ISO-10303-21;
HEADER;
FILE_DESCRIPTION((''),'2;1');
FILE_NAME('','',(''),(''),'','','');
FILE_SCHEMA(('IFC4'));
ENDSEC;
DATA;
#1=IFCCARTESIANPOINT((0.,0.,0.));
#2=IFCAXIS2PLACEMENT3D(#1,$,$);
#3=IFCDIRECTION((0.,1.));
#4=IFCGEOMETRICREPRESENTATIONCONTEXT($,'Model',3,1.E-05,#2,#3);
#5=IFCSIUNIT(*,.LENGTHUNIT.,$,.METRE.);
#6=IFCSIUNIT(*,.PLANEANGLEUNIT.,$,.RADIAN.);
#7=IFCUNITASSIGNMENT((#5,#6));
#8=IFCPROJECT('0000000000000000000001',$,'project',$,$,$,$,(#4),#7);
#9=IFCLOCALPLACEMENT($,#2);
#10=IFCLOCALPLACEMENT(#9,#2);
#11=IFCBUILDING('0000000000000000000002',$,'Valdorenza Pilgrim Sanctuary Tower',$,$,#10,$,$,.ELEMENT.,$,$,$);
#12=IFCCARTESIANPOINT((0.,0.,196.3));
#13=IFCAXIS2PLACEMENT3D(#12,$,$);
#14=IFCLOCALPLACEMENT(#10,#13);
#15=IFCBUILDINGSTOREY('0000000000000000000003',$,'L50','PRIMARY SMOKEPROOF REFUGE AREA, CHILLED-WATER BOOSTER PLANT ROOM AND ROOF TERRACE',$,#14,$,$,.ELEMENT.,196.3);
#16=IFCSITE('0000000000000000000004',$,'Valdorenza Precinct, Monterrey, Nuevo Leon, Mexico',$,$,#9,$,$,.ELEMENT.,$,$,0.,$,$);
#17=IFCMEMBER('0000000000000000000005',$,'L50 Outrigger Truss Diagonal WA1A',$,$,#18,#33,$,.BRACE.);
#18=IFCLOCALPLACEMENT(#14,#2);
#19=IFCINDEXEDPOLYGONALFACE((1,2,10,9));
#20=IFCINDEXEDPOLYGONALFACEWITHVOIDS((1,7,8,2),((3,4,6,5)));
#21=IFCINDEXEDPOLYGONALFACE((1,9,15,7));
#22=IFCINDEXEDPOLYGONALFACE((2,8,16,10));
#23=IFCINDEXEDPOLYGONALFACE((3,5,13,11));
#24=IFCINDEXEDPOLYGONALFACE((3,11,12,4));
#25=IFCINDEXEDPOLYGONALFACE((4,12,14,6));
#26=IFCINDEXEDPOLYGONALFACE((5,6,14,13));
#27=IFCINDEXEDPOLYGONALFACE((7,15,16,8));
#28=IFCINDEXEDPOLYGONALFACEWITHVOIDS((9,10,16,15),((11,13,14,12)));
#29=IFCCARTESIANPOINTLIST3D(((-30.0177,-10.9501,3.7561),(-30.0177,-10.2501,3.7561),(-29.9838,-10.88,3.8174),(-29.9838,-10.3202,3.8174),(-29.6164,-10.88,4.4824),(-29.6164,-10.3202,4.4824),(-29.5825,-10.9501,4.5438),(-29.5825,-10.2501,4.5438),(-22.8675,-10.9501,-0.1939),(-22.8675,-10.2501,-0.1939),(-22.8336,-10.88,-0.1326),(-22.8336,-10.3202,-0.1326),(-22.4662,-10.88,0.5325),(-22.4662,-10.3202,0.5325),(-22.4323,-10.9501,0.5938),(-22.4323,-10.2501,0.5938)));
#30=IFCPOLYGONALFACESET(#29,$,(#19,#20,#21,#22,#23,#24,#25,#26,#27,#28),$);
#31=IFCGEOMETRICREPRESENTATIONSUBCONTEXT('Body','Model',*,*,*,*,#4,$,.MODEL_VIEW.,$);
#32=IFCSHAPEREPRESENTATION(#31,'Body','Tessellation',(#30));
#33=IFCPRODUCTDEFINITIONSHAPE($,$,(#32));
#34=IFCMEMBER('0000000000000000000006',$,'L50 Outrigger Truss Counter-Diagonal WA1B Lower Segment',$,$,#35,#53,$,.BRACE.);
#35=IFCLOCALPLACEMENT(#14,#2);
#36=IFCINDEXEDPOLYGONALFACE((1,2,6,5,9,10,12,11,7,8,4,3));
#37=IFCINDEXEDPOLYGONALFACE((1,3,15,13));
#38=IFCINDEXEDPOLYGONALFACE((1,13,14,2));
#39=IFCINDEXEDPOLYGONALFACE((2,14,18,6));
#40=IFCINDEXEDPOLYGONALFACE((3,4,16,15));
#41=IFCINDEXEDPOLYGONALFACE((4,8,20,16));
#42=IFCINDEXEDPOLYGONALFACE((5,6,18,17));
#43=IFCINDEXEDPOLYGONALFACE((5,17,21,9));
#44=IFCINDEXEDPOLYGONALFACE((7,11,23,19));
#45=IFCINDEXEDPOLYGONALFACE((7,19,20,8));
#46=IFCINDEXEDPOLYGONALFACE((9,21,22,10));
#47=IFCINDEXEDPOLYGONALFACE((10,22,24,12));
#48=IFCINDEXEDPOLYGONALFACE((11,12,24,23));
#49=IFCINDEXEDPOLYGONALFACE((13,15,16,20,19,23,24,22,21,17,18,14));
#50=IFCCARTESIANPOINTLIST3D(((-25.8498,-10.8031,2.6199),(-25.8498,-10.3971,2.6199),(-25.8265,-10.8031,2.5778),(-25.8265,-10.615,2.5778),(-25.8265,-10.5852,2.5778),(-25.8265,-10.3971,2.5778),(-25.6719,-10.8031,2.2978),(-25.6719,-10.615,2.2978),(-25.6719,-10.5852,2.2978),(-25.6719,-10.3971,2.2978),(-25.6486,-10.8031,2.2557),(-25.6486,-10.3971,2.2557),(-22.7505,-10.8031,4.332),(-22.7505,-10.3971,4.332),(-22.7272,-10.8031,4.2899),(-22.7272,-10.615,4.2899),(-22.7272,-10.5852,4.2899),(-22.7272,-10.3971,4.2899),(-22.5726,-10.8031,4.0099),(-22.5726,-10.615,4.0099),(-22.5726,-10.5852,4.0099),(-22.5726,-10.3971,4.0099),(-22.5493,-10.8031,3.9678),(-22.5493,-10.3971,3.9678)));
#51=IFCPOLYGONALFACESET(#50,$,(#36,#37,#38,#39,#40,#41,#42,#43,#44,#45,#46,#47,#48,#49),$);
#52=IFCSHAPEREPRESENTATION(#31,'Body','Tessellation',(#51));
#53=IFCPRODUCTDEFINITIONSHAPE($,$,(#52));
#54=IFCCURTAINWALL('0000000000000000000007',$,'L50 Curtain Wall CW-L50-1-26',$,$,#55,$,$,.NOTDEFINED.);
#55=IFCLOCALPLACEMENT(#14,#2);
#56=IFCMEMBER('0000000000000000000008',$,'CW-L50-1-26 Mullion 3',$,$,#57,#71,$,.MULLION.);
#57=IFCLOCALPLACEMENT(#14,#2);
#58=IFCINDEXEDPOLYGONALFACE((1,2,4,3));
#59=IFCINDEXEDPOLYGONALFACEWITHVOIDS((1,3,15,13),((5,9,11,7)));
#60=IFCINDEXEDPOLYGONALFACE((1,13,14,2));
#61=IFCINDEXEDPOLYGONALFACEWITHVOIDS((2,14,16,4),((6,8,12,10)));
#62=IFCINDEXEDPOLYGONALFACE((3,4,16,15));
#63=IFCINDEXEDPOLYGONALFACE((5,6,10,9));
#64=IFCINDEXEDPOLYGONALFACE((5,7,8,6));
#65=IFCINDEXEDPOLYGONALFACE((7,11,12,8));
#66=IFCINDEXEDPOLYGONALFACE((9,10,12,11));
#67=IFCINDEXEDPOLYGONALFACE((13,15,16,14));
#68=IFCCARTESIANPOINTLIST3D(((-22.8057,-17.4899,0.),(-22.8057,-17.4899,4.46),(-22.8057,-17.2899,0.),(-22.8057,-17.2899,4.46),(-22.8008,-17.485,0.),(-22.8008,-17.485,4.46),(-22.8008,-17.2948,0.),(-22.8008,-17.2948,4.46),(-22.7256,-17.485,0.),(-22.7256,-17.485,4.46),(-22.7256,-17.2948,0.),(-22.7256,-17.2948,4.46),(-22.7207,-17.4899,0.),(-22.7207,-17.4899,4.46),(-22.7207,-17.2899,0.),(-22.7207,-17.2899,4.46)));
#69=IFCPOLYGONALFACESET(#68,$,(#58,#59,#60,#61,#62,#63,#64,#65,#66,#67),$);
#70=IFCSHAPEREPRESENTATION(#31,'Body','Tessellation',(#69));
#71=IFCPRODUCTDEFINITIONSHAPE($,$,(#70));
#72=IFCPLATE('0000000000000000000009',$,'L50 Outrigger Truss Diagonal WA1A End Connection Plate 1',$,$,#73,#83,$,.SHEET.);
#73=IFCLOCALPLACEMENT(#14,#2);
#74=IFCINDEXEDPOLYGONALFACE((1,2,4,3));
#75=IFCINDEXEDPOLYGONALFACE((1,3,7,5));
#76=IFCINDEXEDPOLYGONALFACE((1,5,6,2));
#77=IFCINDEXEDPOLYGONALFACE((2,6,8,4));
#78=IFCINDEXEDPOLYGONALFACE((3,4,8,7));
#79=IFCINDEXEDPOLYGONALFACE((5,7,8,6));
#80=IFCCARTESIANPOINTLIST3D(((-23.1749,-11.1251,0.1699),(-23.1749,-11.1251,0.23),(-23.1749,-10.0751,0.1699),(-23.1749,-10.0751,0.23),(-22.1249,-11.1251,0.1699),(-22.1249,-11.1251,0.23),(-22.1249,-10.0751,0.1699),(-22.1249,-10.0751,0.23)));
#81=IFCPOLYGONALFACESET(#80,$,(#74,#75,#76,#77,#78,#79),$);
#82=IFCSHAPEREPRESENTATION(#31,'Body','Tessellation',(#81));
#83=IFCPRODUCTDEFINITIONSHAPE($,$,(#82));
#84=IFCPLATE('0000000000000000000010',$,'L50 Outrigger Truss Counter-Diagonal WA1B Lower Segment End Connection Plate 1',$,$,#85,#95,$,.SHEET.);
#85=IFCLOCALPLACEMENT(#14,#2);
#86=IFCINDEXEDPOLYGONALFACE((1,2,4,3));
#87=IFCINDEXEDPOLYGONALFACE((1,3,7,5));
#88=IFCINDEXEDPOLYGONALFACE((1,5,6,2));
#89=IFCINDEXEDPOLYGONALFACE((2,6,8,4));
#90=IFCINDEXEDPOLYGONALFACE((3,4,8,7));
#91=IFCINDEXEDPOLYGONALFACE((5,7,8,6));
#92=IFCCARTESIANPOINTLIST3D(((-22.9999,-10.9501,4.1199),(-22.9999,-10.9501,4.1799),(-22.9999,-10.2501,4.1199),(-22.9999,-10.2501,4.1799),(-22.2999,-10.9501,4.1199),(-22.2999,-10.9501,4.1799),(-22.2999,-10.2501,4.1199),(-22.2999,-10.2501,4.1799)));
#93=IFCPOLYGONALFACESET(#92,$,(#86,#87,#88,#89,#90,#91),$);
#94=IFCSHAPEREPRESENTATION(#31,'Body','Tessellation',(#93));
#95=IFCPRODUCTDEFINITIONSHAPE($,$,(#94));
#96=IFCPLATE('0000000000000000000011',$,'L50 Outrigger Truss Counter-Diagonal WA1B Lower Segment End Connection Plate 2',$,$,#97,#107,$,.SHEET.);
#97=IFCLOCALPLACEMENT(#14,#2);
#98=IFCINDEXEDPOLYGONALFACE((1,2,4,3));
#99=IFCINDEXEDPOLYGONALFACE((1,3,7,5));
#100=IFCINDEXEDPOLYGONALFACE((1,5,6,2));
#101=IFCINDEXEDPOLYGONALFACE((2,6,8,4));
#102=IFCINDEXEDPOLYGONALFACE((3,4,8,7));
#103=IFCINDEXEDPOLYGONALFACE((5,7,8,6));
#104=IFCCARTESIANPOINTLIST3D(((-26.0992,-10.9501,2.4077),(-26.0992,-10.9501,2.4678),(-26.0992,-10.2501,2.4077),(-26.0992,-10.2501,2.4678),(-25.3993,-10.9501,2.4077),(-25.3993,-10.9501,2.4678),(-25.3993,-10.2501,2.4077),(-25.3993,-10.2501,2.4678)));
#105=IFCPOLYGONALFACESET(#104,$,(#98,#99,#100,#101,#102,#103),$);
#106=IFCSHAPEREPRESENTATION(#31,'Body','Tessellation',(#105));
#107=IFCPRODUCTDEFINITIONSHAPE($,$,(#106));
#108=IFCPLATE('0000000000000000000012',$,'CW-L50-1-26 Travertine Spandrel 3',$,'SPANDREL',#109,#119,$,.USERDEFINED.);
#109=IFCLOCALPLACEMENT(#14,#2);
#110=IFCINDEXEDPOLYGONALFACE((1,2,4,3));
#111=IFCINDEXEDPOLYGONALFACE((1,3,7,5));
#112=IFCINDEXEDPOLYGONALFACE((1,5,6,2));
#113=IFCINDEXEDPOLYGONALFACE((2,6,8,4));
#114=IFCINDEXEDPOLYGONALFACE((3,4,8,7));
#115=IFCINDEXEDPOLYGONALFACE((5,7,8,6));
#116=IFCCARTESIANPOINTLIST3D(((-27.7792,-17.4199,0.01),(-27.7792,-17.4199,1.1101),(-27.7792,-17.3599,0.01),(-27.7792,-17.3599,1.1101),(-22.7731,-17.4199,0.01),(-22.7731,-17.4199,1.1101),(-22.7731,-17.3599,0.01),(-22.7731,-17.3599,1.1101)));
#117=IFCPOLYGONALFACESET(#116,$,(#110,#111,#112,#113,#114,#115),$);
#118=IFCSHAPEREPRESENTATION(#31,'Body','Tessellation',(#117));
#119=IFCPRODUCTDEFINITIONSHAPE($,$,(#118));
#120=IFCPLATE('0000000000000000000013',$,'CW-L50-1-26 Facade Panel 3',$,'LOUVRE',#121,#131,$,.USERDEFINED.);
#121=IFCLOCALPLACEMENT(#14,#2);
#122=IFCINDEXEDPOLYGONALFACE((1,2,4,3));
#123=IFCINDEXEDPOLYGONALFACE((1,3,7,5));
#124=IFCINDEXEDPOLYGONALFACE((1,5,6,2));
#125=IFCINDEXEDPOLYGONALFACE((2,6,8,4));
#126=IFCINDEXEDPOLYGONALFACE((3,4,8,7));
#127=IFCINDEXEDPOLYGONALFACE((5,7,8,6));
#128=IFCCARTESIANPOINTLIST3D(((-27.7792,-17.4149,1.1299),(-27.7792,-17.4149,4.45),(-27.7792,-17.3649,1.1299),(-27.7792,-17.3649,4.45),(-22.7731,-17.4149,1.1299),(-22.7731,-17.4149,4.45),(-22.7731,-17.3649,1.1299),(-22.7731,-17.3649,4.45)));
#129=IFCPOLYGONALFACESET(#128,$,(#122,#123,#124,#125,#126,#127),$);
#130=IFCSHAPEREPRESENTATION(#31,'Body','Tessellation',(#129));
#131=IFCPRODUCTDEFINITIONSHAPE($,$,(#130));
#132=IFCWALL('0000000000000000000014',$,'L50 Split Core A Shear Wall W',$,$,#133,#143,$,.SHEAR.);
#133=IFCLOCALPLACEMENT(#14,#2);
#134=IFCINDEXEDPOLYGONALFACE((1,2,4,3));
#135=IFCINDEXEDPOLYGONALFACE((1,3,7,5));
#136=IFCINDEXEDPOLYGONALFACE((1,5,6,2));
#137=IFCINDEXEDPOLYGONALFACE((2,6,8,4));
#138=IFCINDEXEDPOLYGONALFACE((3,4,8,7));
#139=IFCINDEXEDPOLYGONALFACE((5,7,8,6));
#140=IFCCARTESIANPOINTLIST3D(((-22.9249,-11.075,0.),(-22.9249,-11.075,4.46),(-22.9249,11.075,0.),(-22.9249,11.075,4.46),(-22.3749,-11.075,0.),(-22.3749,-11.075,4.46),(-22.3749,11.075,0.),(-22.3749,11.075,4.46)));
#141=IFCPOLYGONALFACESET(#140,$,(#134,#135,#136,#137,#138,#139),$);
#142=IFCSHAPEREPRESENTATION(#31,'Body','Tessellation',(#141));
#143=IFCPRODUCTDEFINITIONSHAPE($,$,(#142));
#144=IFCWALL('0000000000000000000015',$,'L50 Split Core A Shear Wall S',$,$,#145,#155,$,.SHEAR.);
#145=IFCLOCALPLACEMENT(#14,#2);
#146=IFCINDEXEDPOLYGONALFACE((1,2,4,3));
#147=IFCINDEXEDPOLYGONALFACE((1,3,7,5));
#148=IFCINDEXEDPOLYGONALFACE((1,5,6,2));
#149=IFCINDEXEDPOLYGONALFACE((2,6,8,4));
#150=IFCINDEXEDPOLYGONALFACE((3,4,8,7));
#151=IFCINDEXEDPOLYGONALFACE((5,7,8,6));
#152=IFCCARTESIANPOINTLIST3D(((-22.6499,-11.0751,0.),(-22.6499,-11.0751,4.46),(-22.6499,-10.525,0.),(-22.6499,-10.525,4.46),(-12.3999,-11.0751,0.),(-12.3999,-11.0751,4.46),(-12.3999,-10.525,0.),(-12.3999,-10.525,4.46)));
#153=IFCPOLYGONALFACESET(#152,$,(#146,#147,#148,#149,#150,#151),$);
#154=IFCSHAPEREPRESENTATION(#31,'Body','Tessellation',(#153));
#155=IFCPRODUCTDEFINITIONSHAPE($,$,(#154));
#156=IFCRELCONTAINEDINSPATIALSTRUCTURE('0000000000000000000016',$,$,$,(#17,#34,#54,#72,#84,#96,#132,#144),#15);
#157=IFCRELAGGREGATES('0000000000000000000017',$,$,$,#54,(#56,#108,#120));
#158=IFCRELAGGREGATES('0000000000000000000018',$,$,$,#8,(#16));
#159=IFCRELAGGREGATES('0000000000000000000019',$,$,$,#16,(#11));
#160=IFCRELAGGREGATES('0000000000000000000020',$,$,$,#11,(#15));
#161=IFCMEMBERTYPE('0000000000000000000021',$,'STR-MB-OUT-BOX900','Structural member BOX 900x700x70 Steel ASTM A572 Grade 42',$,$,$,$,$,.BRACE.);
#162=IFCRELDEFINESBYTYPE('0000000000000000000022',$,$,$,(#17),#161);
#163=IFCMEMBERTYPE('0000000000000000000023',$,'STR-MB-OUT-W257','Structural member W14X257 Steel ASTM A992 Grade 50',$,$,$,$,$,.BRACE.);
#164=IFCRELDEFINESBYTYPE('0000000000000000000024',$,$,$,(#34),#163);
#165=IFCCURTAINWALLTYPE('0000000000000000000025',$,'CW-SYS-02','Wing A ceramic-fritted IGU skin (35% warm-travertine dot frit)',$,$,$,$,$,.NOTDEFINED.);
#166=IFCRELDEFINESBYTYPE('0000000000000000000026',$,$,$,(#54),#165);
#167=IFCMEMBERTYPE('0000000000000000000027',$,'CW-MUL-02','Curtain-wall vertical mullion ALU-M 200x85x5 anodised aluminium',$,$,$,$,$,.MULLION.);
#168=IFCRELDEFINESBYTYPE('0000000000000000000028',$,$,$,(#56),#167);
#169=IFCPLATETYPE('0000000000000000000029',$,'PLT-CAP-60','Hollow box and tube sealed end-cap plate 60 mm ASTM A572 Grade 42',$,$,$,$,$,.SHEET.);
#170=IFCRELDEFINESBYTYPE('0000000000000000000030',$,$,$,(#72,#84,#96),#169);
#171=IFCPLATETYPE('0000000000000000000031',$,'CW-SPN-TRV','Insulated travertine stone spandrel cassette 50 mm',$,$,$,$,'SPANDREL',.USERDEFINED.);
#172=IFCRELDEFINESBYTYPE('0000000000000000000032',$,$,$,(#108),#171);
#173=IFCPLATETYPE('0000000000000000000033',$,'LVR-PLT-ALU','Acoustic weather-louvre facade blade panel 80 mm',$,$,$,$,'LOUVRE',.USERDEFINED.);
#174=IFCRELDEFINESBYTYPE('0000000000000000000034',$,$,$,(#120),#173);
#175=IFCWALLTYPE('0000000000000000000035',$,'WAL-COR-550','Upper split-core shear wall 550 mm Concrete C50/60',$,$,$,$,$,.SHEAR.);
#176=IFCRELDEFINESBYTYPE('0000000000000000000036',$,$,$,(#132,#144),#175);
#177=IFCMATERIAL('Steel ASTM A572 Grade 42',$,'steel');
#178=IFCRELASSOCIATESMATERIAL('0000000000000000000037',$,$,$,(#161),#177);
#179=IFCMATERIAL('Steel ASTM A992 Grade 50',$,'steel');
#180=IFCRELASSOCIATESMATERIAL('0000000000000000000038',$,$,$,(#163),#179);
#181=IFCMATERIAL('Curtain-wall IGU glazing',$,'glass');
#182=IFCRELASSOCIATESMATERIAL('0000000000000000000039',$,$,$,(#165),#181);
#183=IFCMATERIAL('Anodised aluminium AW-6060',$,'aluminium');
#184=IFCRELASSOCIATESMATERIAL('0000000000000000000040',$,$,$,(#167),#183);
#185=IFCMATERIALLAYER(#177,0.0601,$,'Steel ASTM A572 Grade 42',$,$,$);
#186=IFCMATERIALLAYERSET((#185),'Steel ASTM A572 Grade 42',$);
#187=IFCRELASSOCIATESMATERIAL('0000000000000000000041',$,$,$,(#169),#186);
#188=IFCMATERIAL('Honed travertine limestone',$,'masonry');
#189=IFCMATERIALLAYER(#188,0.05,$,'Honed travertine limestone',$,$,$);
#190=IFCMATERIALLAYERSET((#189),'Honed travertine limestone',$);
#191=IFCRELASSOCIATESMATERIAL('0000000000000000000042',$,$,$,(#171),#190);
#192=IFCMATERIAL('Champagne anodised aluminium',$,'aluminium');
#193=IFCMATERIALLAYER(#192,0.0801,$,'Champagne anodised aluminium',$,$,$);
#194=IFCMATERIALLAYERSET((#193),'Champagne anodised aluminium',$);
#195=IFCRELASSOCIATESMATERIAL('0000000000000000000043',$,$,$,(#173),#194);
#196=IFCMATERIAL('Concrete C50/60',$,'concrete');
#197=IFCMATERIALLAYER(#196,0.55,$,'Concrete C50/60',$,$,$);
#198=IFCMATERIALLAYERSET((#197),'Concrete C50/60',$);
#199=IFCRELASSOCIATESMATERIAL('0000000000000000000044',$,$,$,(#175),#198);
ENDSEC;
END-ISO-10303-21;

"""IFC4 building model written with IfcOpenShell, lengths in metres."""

from ifc_helpers import new_model, si_unit, direction, frame, frame_2d, origin, origin_2d, place, context, subcontext, project, spatial, rectangle, hollow_rectangle, i_section, extrude, source, transform, mapped, material, layer, layer_set, material_profile, profile_set, type_object, element, aggregate, save


model = new_model("IFC4")

# Units and contexts
model_context = context("Model", 3, precision=1e-05, world=origin(), true_north=direction((0.0, 1.0)))
body_context = subcontext(model_context, "Body", "Model", "MODEL_VIEW")
ifc_project = project(units=[si_unit("LENGTHUNIT", "METRE"), si_unit("PLANEANGLEUNIT", "RADIAN")], contexts=[model_context])

# Site, building, storey
site_placement = place(None, origin())
site = spatial("IfcSite", under=ifc_project, at=site_placement, Name="Valdorenza Precinct, Monterrey, Nuevo Leon, Mexico", CompositionType="ELEMENT", RefElevation=0.0)
building_placement = place(site_placement, origin())
building = spatial("IfcBuilding", under=site, at=building_placement, Name="Valdorenza Pilgrim Sanctuary Tower", CompositionType="ELEMENT")
storey_placement = place(building_placement, frame((0.0, 0.0, 196.3)))
storey = spatial("IfcBuildingStorey", under=building, at=storey_placement, Name="L50", Description="PRIMARY SMOKEPROOF REFUGE AREA, CHILLED-WATER BOOSTER PLANT ROOM AND ROOF TERRACE", CompositionType="ELEMENT", Elevation=196.3)

# Shared definitions
ifc_material_1 = material(Name="Concrete C50/60", Category="concrete")
ifc_material_2 = material(Name="Steel ASTM A992 Grade 50", Category="steel")

# Members
ifc_material_3 = material(Name="Steel ASTM A572 Grade 42", Category="steel")
ifc_material_profile_1 = material_profile(ifc_material_3, hollow_rectangle(XDim=0.7, YDim=0.8999, WallThickness=0.0701, at=origin_2d()), Name="BOX 900x700x70")
ifc_profile_set_1 = profile_set([ifc_material_profile_1], Name="Steel ASTM A572 Grade 42")
member_type_1 = type_object("IfcMemberType", Name="STR-MB-OUT-BOX900", Description="Structural member BOX 900x700x70 Steel ASTM A572 Grade 42", PredefinedType="BRACE", material=ifc_profile_set_1)
shared_shape_1 = source(origin(), body_context, "Body", "SweptSolid", [
    extrude(hollow_rectangle(XDim=0.7, YDim=0.8999, WallThickness=0.0701, at=origin_2d()), origin(), (0.0, 0.0, 1.0), 8.1687),
])
member_1_placement = place(storey_placement, frame((-22.6499, -10.6001, 0.2), z_axis=(-0.875316, 0.0, 0.483551), x_axis=(0.0, -1.0, 0.0)))
element("IfcMember", 1, at=member_1_placement, inside=storey, type_object=member_type_1, Name="L50 Outrigger Truss Diagonal WA1A", PredefinedType="BRACE", context=body_context, shape_type="MappedRepresentation", body=[
    mapped(shared_shape_1, transform((0.0, 0.0, 0.0), x_axis=(1.0, 0.0, 0.0), y_axis=(0.0, 1.0, 0.0), z_axis=(0.0, 0.0, 1.0), scale=1.0)),
])
ifc_material_profile_2 = material_profile(ifc_material_2, i_section(OverallWidth=0.406, OverallDepth=0.416, WebThickness=0.0298, FlangeThickness=0.0481, at=origin_2d()), Name="W14X257")
ifc_profile_set_2 = profile_set([ifc_material_profile_2], Name="Steel ASTM A992 Grade 50")
member_type_2 = type_object("IfcMemberType", Name="STR-MB-OUT-W257", Description="Structural member W14X257 Steel ASTM A992 Grade 50", PredefinedType="BRACE", material=ifc_profile_set_2)
shared_shape_2 = source(origin(), body_context, "Body", "SweptSolid", [
    extrude(i_section(OverallWidth=0.406, OverallDepth=0.416, WebThickness=0.0298, FlangeThickness=0.0481, at=origin_2d()), origin(), (0.0, 0.0, 1.0), 3.5408),
])
member_2_placement = place(storey_placement, frame((-22.6499, -10.6001, 4.1499), z_axis=(-0.875319, 0.0, -0.483546), x_axis=(0.0, -1.0, 0.0)))
element("IfcMember", 2, at=member_2_placement, inside=storey, type_object=member_type_2, Name="L50 Outrigger Truss Counter-Diagonal WA1B Lower Segment", PredefinedType="BRACE", context=body_context, shape_type="MappedRepresentation", body=[
    mapped(shared_shape_2, transform((0.0, 0.0, 0.0), x_axis=(1.0, 0.0, 0.0), y_axis=(0.0, 1.0, 0.0), z_axis=(0.0, 0.0, 1.0), scale=1.0)),
])

# Curtain wall, member
ifc_material_4 = material(Name="Curtain-wall IGU glazing", Category="glass")
curtain_wall_type = type_object("IfcCurtainWallType", Name="CW-SYS-02", Description="Wing A ceramic-fritted IGU skin (35% warm-travertine dot frit)", PredefinedType="NOTDEFINED", material=ifc_material_4)
curtain_wall_placement = place(storey_placement, origin())
curtain_wall = element("IfcCurtainWall", 3, at=curtain_wall_placement, inside=storey, type_object=curtain_wall_type, Name="L50 Curtain Wall CW-L50-1-26", PredefinedType="NOTDEFINED")
ifc_material_5 = material(Name="Anodised aluminium AW-6060", Category="aluminium")
ifc_material_profile_3 = material_profile(ifc_material_5, hollow_rectangle(XDim=0.085, YDim=0.2, WallThickness=0.0049, at=origin_2d()), Name="ALU-M 200x85x5")
ifc_profile_set_3 = profile_set([ifc_material_profile_3], Name="Anodised aluminium AW-6060")
member_type_3 = type_object("IfcMemberType", Name="CW-MUL-02", Description="Curtain-wall vertical mullion ALU-M 200x85x5 anodised aluminium", PredefinedType="MULLION", material=ifc_profile_set_3)
shared_shape_3 = source(origin(), body_context, "Body", "SweptSolid", [
    extrude(hollow_rectangle(XDim=0.085, YDim=0.2, WallThickness=0.0049, at=origin_2d()), origin(), (0.0, 0.0, 1.0), 4.46),
])
member_3_placement = place(storey_placement, frame((-22.7632, -17.3899, 0.0), z_axis=(0.0, 0.0, 1.0), x_axis=(-1.0, 0.0, 0.0)))
member_3 = element("IfcMember", 4, at=member_3_placement, type_object=member_type_3, Name="CW-L50-1-26 Mullion 3", PredefinedType="MULLION", context=body_context, shape_type="MappedRepresentation", body=[
    mapped(shared_shape_3, transform((0.0, 0.0, 0.0), x_axis=(1.0, 0.0, 0.0), y_axis=(0.0, 1.0, 0.0), z_axis=(0.0, 0.0, 1.0), scale=1.0)),
])

# Plates
ifc_layer_1 = layer(ifc_material_3, 0.0601, Name="Steel ASTM A572 Grade 42")
ifc_layer_set_1 = layer_set([ifc_layer_1], Name="Steel ASTM A572 Grade 42")
plate_type_1 = type_object("IfcPlateType", Name="PLT-CAP-60", Description="Hollow box and tube sealed end-cap plate 60 mm ASTM A572 Grade 42", PredefinedType="SHEET", material=ifc_layer_set_1)
shared_shape_4 = source(origin(), body_context, "Body", "SweptSolid", [
    extrude(rectangle(XDim=1.05, YDim=1.05, at=origin_2d()), origin(), (0.0, 0.0, 1.0), 0.0601),
])
plate_1_placement = place(storey_placement, frame((-22.6499, -10.6001, 0.1699), z_axis=(0.0, 0.0, 1.0), x_axis=(1.0, 0.0, 0.0)))
element("IfcPlate", 5, at=plate_1_placement, inside=storey, type_object=plate_type_1, Name="L50 Outrigger Truss Diagonal WA1A End Connection Plate 1", PredefinedType="SHEET", context=body_context, shape_type="MappedRepresentation", body=[
    mapped(shared_shape_4, transform((0.0, 0.0, 0.0), x_axis=(1.0, 0.0, 0.0), y_axis=(0.0, 1.0, 0.0), z_axis=(0.0, 0.0, 1.0), scale=1.0)),
])
shared_shape_5 = source(origin(), body_context, "Body", "SweptSolid", [
    extrude(rectangle(XDim=0.7, YDim=0.7, at=origin_2d()), origin(), (0.0, 0.0, 1.0), 0.0601),
])
for number, where, z_axis, x_axis, name in (
    (6, (-22.6499, -10.6001, 4.1199), (0.0, 0.0, 1.0), (1.0, 0.0, 0.0), "L50 Outrigger Truss Counter-Diagonal WA1B Lower Segment End Connection Plate 1"),
    (7, (-25.7493, -10.6001, 2.4077), (0.0, 0.0, 1.0), (1.0, 0.0, 0.0), "L50 Outrigger Truss Counter-Diagonal WA1B Lower Segment End Connection Plate 2"),
):
    element("IfcPlate", number, at=place(storey_placement, frame(where, z_axis=z_axis, x_axis=x_axis)), inside=storey, type_object=plate_type_1, Name=name, PredefinedType="SHEET", context=body_context, shape_type="MappedRepresentation", body=[
        mapped(shared_shape_5, transform((0.0, 0.0, 0.0), x_axis=(1.0, 0.0, 0.0), y_axis=(0.0, 1.0, 0.0), z_axis=(0.0, 0.0, 1.0), scale=1.0)),
    ])

# Plates
ifc_material_6 = material(Name="Honed travertine limestone", Category="masonry")
ifc_layer_2 = layer(ifc_material_6, 0.05, Name="Honed travertine limestone")
ifc_layer_set_2 = layer_set([ifc_layer_2], Name="Honed travertine limestone")
plate_type_2 = type_object("IfcPlateType", Name="CW-SPN-TRV", Description="Insulated travertine stone spandrel cassette 50 mm", ElementType="SPANDREL", PredefinedType="USERDEFINED", material=ifc_layer_set_2)
shared_shape_6 = source(origin(), body_context, "Body", "SweptSolid", [
    extrude(rectangle(XDim=5.0061, YDim=0.0601, at=origin_2d()), origin(), (0.0, 0.0, 1.0), 1.1001),
])
plate_2_placement = place(storey_placement, frame((-25.2761, -17.3899, 0.01), z_axis=(0.0, 0.0, 1.0), x_axis=(-1.0, 0.0, 0.0)))
plate_2 = element("IfcPlate", 8, at=plate_2_placement, type_object=plate_type_2, Name="CW-L50-1-26 Travertine Spandrel 3", ObjectType="SPANDREL", PredefinedType="USERDEFINED", context=body_context, shape_type="MappedRepresentation", body=[
    mapped(shared_shape_6, transform((0.0, 0.0, 0.0), x_axis=(1.0, 0.0, 0.0), y_axis=(0.0, 1.0, 0.0), z_axis=(0.0, 0.0, 1.0), scale=1.0)),
])
ifc_material_7 = material(Name="Champagne anodised aluminium", Category="aluminium")
ifc_layer_3 = layer(ifc_material_7, 0.0801, Name="Champagne anodised aluminium")
ifc_layer_set_3 = layer_set([ifc_layer_3], Name="Champagne anodised aluminium")
plate_type_3 = type_object("IfcPlateType", Name="LVR-PLT-ALU", Description="Acoustic weather-louvre facade blade panel 80 mm", ElementType="LOUVRE", PredefinedType="USERDEFINED", material=ifc_layer_set_3)
shared_shape_7 = source(origin(), body_context, "Body", "SweptSolid", [
    extrude(rectangle(XDim=5.0061, YDim=0.05, at=origin_2d()), origin(), (0.0, 0.0, 1.0), 3.3201),
])
plate_3_placement = place(storey_placement, frame((-25.2761, -17.3899, 1.1299), z_axis=(0.0, 0.0, 1.0), x_axis=(-1.0, 0.0, 0.0)))
plate_3 = element("IfcPlate", 9, at=plate_3_placement, type_object=plate_type_3, Name="CW-L50-1-26 Facade Panel 3", ObjectType="LOUVRE", PredefinedType="USERDEFINED", context=body_context, shape_type="MappedRepresentation", body=[
    mapped(shared_shape_7, transform((0.0, 0.0, 0.0), x_axis=(1.0, 0.0, 0.0), y_axis=(0.0, 1.0, 0.0), z_axis=(0.0, 0.0, 1.0), scale=1.0)),
])
aggregate(curtain_wall, [member_3, plate_2, plate_3])

# Walls
ifc_layer_4 = layer(ifc_material_1, 0.55, Name="Concrete C50/60")
ifc_layer_set_4 = layer_set([ifc_layer_4], Name="Concrete C50/60")
wall_type_1 = type_object("IfcWallType", Name="WAL-COR-550", Description="Upper split-core shear wall 550 mm Concrete C50/60", PredefinedType="SHEAR", material=ifc_layer_set_4)
wall_1_placement = place(storey_placement, frame((-22.6499, -11.075, 0.0), z_axis=(0.0, 0.0, 1.0), x_axis=(0.0, 1.0, 0.0)))
element("IfcWall", 10, at=wall_1_placement, inside=storey, type_object=wall_type_1, Name="L50 Split Core A Shear Wall W", PredefinedType="SHEAR", context=body_context, shape_type="SweptSolid", body=[
    extrude(rectangle(XDim=22.1499, YDim=0.55, at=frame_2d((11.075, 0.0))), origin(), (0.0, 0.0, 1.0), 4.46),
])
wall_2_placement = place(storey_placement, frame((-22.6499, -10.8, 0.0), z_axis=(0.0, 0.0, 1.0), x_axis=(1.0, 0.0, 0.0)))
element("IfcWall", 11, at=wall_2_placement, inside=storey, type_object=wall_type_1, Name="L50 Split Core A Shear Wall S", PredefinedType="SHEAR", context=body_context, shape_type="SweptSolid", body=[
    extrude(rectangle(XDim=10.25, YDim=0.55, at=frame_2d((5.125, 0.0))), origin(), (0.0, 0.0, 1.0), 4.46),
])

save(model, "model.ifc")
